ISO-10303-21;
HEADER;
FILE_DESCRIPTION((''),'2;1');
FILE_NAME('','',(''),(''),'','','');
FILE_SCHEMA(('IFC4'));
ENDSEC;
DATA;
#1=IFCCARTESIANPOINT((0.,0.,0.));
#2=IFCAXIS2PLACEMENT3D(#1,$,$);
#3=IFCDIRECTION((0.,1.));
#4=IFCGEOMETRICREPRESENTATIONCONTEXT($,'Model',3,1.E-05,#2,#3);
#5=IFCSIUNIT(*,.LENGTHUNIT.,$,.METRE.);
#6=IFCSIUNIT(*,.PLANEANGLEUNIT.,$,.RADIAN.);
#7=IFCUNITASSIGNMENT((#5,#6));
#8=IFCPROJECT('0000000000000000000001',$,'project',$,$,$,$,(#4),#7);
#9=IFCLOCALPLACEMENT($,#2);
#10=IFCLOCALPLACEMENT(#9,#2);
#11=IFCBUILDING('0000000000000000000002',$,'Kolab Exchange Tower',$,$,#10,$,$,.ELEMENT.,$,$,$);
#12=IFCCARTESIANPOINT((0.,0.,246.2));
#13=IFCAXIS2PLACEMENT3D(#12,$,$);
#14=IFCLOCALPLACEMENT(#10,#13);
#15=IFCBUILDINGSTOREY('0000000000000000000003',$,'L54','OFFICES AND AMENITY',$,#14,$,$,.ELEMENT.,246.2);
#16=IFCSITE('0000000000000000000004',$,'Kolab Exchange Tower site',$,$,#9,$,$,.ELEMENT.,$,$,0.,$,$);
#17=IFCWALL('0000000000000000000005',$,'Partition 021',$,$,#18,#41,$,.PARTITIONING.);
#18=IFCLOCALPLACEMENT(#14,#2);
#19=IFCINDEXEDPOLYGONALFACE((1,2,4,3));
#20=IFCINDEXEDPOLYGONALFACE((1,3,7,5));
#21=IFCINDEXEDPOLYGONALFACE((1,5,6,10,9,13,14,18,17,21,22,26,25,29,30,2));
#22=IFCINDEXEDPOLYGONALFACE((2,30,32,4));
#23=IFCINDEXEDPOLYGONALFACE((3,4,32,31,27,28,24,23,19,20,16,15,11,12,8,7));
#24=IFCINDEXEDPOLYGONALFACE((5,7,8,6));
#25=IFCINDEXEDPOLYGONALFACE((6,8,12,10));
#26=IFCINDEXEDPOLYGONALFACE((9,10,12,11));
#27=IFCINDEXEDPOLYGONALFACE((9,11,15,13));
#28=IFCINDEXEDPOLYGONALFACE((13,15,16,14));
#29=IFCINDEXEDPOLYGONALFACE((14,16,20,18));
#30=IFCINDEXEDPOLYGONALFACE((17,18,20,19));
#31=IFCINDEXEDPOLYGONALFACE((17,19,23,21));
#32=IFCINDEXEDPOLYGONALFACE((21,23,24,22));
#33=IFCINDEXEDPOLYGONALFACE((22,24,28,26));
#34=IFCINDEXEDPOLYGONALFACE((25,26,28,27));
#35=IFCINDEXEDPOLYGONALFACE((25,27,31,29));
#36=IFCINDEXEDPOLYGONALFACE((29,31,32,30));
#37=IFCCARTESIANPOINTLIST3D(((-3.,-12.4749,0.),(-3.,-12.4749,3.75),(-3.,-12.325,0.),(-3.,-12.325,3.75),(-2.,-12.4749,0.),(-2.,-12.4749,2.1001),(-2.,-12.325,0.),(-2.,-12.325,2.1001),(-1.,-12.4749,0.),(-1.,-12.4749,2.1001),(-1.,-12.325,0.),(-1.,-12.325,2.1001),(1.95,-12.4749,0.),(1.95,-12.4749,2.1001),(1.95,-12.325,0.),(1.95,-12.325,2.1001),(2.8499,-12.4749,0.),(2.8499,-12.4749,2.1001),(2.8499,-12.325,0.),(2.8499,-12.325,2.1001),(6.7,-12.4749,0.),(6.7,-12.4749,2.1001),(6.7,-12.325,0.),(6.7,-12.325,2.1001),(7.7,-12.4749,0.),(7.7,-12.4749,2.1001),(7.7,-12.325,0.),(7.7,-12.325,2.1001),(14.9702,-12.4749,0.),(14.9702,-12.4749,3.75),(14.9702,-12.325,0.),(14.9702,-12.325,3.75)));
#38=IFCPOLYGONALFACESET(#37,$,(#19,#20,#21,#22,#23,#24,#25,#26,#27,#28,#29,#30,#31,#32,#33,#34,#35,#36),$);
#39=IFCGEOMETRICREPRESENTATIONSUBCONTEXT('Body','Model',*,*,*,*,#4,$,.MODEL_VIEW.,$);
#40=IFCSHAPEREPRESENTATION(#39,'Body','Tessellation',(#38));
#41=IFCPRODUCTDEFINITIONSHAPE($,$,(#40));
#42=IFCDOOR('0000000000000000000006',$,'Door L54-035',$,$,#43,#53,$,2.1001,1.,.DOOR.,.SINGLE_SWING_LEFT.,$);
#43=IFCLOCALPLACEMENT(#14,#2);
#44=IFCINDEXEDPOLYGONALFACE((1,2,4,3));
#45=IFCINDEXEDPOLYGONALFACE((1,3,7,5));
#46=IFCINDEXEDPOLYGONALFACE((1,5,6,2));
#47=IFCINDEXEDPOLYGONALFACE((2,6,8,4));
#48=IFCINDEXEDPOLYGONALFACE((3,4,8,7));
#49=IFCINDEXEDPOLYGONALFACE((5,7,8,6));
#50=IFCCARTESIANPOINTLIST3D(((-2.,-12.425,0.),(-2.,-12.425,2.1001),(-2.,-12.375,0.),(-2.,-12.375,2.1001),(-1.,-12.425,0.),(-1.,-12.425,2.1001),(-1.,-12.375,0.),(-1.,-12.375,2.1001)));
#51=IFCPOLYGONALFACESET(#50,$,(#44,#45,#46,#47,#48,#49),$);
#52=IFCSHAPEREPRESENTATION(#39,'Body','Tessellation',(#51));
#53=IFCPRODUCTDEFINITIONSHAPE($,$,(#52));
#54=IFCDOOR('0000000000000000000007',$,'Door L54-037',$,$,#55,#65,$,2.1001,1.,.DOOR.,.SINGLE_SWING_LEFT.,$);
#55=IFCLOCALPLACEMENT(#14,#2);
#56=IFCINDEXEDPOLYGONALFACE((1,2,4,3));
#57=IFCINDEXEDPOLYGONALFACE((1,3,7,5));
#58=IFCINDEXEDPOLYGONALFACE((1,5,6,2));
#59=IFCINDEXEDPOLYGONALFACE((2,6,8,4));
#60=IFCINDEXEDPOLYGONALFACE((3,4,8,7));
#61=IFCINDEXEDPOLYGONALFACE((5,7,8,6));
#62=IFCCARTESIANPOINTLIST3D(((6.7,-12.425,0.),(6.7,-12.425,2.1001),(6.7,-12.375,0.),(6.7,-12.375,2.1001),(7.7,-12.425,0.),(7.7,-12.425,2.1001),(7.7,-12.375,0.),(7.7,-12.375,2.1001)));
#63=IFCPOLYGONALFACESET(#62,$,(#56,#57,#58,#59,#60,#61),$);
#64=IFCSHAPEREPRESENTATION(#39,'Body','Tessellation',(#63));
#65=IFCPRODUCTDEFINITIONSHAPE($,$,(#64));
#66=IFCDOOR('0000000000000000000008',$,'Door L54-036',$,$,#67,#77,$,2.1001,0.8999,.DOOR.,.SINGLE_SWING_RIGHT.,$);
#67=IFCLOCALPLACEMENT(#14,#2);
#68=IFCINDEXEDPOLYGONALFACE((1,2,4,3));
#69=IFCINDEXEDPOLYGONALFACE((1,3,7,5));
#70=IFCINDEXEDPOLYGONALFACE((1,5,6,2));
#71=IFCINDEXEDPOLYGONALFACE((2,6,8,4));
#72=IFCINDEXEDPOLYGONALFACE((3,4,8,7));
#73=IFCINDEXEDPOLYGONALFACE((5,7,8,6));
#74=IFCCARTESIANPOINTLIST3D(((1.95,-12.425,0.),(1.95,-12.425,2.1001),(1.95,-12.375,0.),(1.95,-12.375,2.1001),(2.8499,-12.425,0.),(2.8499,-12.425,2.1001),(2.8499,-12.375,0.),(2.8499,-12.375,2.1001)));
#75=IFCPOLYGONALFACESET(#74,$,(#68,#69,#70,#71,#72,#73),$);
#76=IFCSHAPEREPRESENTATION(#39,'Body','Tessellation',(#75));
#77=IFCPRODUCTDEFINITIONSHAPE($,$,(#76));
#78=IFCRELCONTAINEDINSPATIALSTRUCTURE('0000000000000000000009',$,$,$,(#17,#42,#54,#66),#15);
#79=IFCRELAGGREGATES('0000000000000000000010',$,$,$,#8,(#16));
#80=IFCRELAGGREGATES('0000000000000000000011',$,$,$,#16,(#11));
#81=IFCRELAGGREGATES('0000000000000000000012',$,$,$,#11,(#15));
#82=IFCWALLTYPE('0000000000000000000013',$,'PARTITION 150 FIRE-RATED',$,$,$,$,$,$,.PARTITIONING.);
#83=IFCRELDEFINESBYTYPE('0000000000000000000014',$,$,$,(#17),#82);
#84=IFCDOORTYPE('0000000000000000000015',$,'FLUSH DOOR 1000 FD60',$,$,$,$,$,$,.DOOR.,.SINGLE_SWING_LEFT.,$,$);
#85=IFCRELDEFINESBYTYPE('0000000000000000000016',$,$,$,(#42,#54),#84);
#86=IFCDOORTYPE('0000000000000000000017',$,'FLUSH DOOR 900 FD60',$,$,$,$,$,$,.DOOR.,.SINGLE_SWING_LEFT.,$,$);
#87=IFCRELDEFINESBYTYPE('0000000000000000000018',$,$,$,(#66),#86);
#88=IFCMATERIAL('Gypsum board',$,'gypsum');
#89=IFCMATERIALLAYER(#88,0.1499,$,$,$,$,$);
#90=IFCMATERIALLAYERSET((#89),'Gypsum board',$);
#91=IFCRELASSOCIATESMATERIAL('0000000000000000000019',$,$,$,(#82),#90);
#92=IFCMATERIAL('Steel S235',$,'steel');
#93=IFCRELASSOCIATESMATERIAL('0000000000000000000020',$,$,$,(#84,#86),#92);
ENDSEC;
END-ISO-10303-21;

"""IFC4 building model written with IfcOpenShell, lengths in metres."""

from ifc_helpers import new_model, si_unit, direction, frame, frame_2d, origin, place, context, subcontext, project, spatial, rectangle, extrude, material, layer, layer_set, type_object, element, fill, save


model = new_model("IFC4")

# Units and contexts
model_context = context("Model", 3, precision=1e-05, world=origin(), true_north=direction((0.0, 1.0)))
body_context = subcontext(model_context, "Body", "Model", "MODEL_VIEW")
ifc_project = project(units=[si_unit("LENGTHUNIT", "METRE"), si_unit("PLANEANGLEUNIT", "RADIAN")], contexts=[model_context])

# Site, building, storey
site_placement = place(None, origin())
site = spatial("IfcSite", under=ifc_project, at=site_placement, Name="Kolab Exchange Tower site", CompositionType="ELEMENT", RefElevation=0.0)
building_placement = place(site_placement, origin())
building = spatial("IfcBuilding", under=site, at=building_placement, Name="Kolab Exchange Tower", CompositionType="ELEMENT")
storey_placement = place(building_placement, frame((0.0, 0.0, 246.2)))
storey = spatial("IfcBuildingStorey", under=building, at=storey_placement, Name="L54", Description="OFFICES AND AMENITY", CompositionType="ELEMENT", Elevation=246.2)

# Shared definitions
ifc_material_1 = material(Name="Gypsum board", Category="gypsum")
ifc_layer_1 = layer(ifc_material_1, 0.1499)
ifc_layer_set_1 = layer_set([ifc_layer_1], Name="Gypsum board")
wall_type_1 = type_object("IfcWallType", Name="PARTITION 150 FIRE-RATED", PredefinedType="PARTITIONING", material=ifc_layer_set_1)

# Wall, openings, doors
wall_1_placement = place(storey_placement, frame((-3.0, -12.3999, 0.0), z_axis=(0.0, 0.0, 1.0), x_axis=(1.0, 0.0, 0.0)))
wall_1 = element("IfcWall", 1, at=wall_1_placement, inside=storey, type_object=wall_type_1, Name="Partition 021", PredefinedType="PARTITIONING", context=body_context, shape_type="SweptSolid", body=[
    extrude(rectangle(XDim=17.9702, YDim=0.1499, at=frame_2d((8.9851, 0.0))), origin(), (0.0, 0.0, 1.0), 3.75),
])
opening_1_placement = place(wall_1_placement, frame((1.0, 0.0, 0.0)))
opening_1 = element("IfcOpeningElement", 2, at=opening_1_placement, cuts=wall_1, PredefinedType="OPENING", context=body_context, shape_type="SweptSolid", body=[
    extrude(rectangle(XDim=1.0, YDim=2.1001, at=frame_2d((0.5, 1.05))), frame((0.0, 0.085, 0.0), z_axis=(0.0, -1.0, 0.0), x_axis=(1.0, 0.0, 0.0)), (0.0, 0.0, 1.0), 0.1699),
])
opening_2_placement = place(wall_1_placement, frame((4.95, 0.0, 0.0)))
opening_2 = element("IfcOpeningElement", 3, at=opening_2_placement, cuts=wall_1, PredefinedType="OPENING", context=body_context, shape_type="SweptSolid", body=[
    extrude(rectangle(XDim=0.8999, YDim=2.1001, at=frame_2d((0.45, 1.05))), frame((0.0, 0.085, 0.0), z_axis=(0.0, -1.0, 0.0), x_axis=(1.0, 0.0, 0.0)), (0.0, 0.0, 1.0), 0.1699),
])
opening_3_placement = place(wall_1_placement, frame((9.7, 0.0, 0.0)))
opening_3 = element("IfcOpeningElement", 4, at=opening_3_placement, cuts=wall_1, PredefinedType="OPENING", context=body_context, shape_type="SweptSolid", body=[
    extrude(rectangle(XDim=1.0, YDim=2.1001, at=frame_2d((0.5, 1.05))), frame((0.0, 0.085, 0.0), z_axis=(0.0, -1.0, 0.0), x_axis=(1.0, 0.0, 0.0)), (0.0, 0.0, 1.0), 0.1699),
])
ifc_material_2 = material(Name="Steel S235", Category="steel")
door_type_1 = type_object("IfcDoorType", Name="FLUSH DOOR 1000 FD60", OperationType="SINGLE_SWING_LEFT", PredefinedType="DOOR", material=ifc_material_2)
door_1_placement = place(opening_1_placement, origin())
door_1 = element("IfcDoor", 5, at=door_1_placement, inside=storey, type_object=door_type_1, Name="Door L54-035", OperationType="SINGLE_SWING_LEFT", OverallHeight=2.1001, OverallWidth=1.0, PredefinedType="DOOR", context=body_context, shape_type="SweptSolid", body=[
    extrude(rectangle(XDim=1.0, YDim=2.1001, at=frame_2d((0.5, 1.05))), frame((0.0, 0.0249, 0.0), z_axis=(0.0, -1.0, 0.0), x_axis=(1.0, 0.0, 0.0)), (0.0, 0.0, 1.0), 0.05),
])
fill(opening_1, door_1)
door_2_placement = place(opening_3_placement, origin())
door_2 = element("IfcDoor", 6, at=door_2_placement, inside=storey, type_object=door_type_1, Name="Door L54-037", OperationType="SINGLE_SWING_LEFT", OverallHeight=2.1001, OverallWidth=1.0, PredefinedType="DOOR", context=body_context, shape_type="SweptSolid", body=[
    extrude(rectangle(XDim=1.0, YDim=2.1001, at=frame_2d((0.5, 1.05))), frame((0.0, 0.0249, 0.0), z_axis=(0.0, -1.0, 0.0), x_axis=(1.0, 0.0, 0.0)), (0.0, 0.0, 1.0), 0.05),
])
fill(opening_3, door_2)
door_type_2 = type_object("IfcDoorType", Name="FLUSH DOOR 900 FD60", OperationType="SINGLE_SWING_LEFT", PredefinedType="DOOR", material=ifc_material_2)
door_3_placement = place(opening_2_placement, origin())
door_3 = element("IfcDoor", 7, at=door_3_placement, inside=storey, type_object=door_type_2, Name="Door L54-036", OperationType="SINGLE_SWING_RIGHT", OverallHeight=2.1001, OverallWidth=0.8999, PredefinedType="DOOR", context=body_context, shape_type="SweptSolid", body=[
    extrude(rectangle(XDim=0.8999, YDim=2.1001, at=frame_2d((0.45, 1.05))), frame((0.0, 0.0249, 0.0), z_axis=(0.0, -1.0, 0.0), x_axis=(1.0, 0.0, 0.0)), (0.0, 0.0, 1.0), 0.05),
])
fill(opening_2, door_3)

save(model, "model.ifc")
